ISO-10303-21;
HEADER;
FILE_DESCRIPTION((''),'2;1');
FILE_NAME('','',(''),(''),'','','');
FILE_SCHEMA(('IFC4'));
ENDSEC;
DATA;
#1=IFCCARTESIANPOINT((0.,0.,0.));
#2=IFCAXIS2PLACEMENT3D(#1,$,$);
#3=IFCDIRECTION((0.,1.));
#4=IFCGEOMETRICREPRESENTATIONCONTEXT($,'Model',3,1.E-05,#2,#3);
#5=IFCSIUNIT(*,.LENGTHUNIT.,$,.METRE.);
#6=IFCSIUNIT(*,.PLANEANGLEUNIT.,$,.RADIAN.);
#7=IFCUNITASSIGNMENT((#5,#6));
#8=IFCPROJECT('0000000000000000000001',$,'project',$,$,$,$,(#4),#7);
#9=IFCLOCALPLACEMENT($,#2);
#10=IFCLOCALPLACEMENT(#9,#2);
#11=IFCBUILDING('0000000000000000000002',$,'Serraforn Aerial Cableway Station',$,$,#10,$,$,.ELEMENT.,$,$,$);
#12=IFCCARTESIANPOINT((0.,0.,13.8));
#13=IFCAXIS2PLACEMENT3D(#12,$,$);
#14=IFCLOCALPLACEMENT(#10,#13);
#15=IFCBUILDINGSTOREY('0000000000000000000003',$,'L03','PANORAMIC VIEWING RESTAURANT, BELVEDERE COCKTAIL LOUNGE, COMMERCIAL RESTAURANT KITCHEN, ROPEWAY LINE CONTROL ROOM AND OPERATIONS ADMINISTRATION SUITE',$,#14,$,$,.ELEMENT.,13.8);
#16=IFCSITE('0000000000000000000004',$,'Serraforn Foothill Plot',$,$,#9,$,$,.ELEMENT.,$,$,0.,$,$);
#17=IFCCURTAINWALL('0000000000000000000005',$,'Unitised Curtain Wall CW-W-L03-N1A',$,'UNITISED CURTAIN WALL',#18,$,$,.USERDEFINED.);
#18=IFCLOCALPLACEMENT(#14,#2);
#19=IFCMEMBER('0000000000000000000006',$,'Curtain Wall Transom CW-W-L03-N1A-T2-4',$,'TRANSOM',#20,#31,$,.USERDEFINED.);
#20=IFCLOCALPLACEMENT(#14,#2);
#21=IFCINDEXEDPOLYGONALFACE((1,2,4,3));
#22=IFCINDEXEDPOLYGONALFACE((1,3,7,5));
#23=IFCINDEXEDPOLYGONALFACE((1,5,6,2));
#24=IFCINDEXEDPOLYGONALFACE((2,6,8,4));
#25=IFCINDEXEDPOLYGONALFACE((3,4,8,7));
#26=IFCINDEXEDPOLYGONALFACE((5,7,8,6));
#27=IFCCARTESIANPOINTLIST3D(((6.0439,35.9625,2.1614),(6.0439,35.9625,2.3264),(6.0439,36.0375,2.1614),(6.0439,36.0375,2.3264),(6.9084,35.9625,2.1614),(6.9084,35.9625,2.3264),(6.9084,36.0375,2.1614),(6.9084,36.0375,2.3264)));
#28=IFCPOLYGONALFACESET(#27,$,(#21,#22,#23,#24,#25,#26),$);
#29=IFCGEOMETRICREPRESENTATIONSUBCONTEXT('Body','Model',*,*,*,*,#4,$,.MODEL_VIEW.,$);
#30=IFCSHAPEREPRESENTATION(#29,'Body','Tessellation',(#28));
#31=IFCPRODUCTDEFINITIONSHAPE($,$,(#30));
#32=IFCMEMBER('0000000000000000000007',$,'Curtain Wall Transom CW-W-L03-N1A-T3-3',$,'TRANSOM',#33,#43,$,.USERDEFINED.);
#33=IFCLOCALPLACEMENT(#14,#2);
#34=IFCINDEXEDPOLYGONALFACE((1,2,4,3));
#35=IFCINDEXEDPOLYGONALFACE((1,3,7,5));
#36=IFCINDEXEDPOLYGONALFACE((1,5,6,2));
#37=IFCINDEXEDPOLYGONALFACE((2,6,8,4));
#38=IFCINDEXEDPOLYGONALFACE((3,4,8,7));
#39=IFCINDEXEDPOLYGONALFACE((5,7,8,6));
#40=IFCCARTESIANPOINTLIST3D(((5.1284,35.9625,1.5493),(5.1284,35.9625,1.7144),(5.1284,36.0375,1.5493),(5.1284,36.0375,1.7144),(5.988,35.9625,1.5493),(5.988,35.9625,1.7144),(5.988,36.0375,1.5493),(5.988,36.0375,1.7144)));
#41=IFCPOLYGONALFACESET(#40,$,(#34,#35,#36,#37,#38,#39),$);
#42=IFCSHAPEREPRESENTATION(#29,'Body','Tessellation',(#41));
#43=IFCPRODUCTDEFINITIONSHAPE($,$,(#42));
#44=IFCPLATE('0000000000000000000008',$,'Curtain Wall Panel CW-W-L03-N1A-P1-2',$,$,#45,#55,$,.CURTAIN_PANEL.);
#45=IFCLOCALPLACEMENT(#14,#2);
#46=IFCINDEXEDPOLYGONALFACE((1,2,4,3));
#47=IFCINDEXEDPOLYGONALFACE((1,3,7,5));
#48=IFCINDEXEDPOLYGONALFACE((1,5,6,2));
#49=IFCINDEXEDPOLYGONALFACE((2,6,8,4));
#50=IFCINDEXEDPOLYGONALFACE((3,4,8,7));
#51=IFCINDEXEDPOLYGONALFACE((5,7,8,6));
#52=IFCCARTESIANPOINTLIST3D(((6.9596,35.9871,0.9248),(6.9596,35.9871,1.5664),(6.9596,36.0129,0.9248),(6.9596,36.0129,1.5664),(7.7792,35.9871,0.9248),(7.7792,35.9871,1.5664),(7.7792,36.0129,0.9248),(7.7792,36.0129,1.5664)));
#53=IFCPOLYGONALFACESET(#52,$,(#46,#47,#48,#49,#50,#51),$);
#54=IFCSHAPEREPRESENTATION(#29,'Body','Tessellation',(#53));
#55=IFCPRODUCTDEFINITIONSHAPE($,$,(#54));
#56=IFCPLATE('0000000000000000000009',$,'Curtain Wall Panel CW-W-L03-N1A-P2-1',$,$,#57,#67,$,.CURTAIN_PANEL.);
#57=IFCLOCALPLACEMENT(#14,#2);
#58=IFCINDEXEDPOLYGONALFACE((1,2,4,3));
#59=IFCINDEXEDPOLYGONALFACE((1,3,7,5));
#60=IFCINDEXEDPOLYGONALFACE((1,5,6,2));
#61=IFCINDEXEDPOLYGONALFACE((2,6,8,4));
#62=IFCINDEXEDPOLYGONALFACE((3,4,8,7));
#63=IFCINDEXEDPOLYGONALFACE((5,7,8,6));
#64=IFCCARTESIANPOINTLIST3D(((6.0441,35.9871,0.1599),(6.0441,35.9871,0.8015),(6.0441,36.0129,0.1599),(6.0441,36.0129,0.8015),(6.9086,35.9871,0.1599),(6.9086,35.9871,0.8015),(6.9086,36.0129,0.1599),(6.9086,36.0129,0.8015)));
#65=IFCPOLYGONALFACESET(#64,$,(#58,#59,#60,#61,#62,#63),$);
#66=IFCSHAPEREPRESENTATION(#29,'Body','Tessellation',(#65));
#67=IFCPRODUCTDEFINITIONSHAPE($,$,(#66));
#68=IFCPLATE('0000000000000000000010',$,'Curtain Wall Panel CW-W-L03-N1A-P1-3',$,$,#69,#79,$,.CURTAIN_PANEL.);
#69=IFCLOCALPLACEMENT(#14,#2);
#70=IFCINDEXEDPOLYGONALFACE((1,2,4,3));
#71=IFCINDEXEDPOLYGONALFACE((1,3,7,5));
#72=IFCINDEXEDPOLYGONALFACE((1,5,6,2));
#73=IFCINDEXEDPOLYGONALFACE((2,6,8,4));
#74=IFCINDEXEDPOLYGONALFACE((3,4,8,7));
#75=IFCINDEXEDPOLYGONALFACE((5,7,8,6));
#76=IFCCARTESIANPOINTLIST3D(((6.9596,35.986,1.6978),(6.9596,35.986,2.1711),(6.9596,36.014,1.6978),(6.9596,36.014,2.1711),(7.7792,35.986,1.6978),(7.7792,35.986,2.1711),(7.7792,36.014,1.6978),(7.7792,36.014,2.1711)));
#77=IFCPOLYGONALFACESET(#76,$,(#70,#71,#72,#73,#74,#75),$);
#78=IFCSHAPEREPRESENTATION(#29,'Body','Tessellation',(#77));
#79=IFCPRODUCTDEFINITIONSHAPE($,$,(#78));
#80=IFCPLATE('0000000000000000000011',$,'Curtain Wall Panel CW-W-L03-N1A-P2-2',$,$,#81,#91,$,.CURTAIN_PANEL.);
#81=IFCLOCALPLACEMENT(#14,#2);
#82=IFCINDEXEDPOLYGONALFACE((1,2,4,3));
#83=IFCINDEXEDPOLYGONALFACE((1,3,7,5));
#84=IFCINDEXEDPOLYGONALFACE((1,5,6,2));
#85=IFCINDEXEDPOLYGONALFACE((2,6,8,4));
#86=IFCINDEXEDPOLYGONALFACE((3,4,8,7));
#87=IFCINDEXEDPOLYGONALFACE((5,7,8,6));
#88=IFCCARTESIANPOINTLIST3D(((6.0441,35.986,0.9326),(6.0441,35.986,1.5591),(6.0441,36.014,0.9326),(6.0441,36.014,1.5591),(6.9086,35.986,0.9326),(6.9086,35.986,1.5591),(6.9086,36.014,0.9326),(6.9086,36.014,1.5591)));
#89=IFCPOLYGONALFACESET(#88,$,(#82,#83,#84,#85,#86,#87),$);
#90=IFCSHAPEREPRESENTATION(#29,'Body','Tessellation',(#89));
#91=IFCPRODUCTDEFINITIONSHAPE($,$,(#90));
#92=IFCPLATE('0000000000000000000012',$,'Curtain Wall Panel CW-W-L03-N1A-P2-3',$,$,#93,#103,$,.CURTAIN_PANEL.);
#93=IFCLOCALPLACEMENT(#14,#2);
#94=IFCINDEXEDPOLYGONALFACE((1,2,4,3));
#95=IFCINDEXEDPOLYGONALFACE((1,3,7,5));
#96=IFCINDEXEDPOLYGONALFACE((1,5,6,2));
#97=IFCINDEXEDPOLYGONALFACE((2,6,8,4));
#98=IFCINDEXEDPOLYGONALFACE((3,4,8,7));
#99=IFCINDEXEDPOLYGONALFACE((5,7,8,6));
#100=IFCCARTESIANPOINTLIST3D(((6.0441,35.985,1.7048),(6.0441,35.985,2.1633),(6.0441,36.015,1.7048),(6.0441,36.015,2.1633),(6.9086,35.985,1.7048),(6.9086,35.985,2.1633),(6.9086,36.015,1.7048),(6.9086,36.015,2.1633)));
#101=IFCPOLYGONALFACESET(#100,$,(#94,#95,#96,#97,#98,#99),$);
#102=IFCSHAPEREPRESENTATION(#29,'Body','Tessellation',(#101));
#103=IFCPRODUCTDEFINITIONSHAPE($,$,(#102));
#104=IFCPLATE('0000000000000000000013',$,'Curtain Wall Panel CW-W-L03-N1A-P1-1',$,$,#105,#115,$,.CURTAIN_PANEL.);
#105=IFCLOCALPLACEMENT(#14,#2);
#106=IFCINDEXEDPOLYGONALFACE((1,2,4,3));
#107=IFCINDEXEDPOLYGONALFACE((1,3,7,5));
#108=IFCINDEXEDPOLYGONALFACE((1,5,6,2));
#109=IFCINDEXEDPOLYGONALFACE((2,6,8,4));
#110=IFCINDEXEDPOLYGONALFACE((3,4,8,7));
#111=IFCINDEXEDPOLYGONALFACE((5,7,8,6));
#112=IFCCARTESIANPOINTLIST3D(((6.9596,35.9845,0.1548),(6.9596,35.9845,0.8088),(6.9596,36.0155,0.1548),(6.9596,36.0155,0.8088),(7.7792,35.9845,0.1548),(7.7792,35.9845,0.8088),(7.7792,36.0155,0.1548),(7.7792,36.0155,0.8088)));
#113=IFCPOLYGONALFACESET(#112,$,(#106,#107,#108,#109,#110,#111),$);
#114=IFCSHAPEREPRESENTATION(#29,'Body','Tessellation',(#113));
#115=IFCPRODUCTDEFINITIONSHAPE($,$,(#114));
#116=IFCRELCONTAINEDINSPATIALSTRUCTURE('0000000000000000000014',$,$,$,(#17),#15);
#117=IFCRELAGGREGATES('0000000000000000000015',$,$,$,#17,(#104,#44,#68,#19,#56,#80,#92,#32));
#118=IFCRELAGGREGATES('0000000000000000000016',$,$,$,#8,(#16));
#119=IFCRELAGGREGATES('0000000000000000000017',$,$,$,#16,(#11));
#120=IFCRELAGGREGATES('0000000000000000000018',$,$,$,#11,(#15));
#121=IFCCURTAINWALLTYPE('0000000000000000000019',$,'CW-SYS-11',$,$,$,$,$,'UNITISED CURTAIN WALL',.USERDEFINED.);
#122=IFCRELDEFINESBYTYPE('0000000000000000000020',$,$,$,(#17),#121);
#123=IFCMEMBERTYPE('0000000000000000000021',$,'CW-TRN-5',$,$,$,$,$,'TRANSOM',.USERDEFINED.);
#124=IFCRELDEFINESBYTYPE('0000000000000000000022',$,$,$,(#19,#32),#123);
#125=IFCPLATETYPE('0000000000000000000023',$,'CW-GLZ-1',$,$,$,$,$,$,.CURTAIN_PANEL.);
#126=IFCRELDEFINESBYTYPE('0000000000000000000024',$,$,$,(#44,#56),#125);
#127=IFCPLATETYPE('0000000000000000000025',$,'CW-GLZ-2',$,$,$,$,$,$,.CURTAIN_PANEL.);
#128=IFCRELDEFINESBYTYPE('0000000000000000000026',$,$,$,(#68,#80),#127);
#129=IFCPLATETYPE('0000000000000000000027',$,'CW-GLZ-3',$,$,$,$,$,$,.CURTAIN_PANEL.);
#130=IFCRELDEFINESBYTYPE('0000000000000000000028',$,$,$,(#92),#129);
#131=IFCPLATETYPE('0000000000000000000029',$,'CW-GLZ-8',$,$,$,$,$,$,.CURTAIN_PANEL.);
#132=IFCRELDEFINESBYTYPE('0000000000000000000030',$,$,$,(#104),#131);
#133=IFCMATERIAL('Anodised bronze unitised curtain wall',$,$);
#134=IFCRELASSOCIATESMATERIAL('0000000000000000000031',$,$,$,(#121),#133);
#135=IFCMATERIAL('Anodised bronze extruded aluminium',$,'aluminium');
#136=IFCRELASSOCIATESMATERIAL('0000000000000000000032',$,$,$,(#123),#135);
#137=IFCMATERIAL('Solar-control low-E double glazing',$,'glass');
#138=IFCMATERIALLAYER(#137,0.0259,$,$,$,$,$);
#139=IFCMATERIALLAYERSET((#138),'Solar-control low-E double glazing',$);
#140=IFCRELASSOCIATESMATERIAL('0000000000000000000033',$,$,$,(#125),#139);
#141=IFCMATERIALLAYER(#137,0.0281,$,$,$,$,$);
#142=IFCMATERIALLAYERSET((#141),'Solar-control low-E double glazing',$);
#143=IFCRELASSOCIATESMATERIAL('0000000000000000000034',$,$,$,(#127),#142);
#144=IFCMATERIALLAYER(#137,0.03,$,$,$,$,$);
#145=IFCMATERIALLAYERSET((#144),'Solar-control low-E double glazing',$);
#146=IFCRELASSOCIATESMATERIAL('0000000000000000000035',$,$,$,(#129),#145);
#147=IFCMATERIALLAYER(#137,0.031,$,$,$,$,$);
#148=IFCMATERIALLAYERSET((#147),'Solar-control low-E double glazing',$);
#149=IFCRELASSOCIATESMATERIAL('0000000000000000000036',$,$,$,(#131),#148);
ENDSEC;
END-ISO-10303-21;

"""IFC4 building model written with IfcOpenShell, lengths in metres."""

from ifc_helpers import new_model, si_unit, direction, frame, origin, origin_2d, place, context, subcontext, project, spatial, rectangle, extrude, material, layer, layer_set, material_profile, profile_set, type_object, element, aggregate, save


model = new_model("IFC4")

# Units and contexts
model_context = context("Model", 3, precision=1e-05, world=origin(), true_north=direction((0.0, 1.0)))
body_context = subcontext(model_context, "Body", "Model", "MODEL_VIEW")
ifc_project = project(units=[si_unit("LENGTHUNIT", "METRE"), si_unit("PLANEANGLEUNIT", "RADIAN")], contexts=[model_context])

# Site, building, storey
site_placement = place(None, origin())
site = spatial("IfcSite", under=ifc_project, at=site_placement, Name="Serraforn Foothill Plot", CompositionType="ELEMENT", RefElevation=0.0)
building_placement = place(site_placement, origin())
building = spatial("IfcBuilding", under=site, at=building_placement, Name="Serraforn Aerial Cableway Station", CompositionType="ELEMENT")
storey_placement = place(building_placement, frame((0.0, 0.0, 13.8)))
storey = spatial("IfcBuildingStorey", under=building, at=storey_placement, Name="L03", Description="PANORAMIC VIEWING RESTAURANT, BELVEDERE COCKTAIL LOUNGE, COMMERCIAL RESTAURANT KITCHEN, ROPEWAY LINE CONTROL ROOM AND OPERATIONS ADMINISTRATION SUITE", CompositionType="ELEMENT", Elevation=13.8)

# Curtain wall, members, plates
ifc_material_1 = material(Name="Anodised bronze unitised curtain wall")
curtain_wall_type = type_object("IfcCurtainWallType", Name="CW-SYS-11", ElementType="UNITISED CURTAIN WALL", PredefinedType="USERDEFINED", material=ifc_material_1)
curtain_wall_placement = place(storey_placement, origin())
curtain_wall = element("IfcCurtainWall", 1, at=curtain_wall_placement, inside=storey, type_object=curtain_wall_type, Name="Unitised Curtain Wall CW-W-L03-N1A", ObjectType="UNITISED CURTAIN WALL", PredefinedType="USERDEFINED")
ifc_material_2 = material(Name="Anodised bronze extruded aluminium", Category="aluminium")
ifc_material_profile_1 = material_profile(ifc_material_2, rectangle(XDim=0.075, YDim=0.165, at=origin_2d()), Name="CW TRANSOM 75x165")
ifc_profile_set_1 = profile_set([ifc_material_profile_1], Name="Anodised bronze extruded aluminium")
member_type_1 = type_object("IfcMemberType", Name="CW-TRN-5", ElementType="TRANSOM", PredefinedType="USERDEFINED", material=ifc_profile_set_1)
member_1_placement = place(storey_placement, frame((6.9084, 36.0, 2.2439), z_axis=(-1.0, 0.0, 0.0), x_axis=(0.0, -1.0, 0.0)))
member_1 = element("IfcMember", 2, at=member_1_placement, type_object=member_type_1, Name="Curtain Wall Transom CW-W-L03-N1A-T2-4", ObjectType="TRANSOM", PredefinedType="USERDEFINED", context=body_context, shape_type="SweptSolid", body=[
    extrude(rectangle(XDim=0.075, YDim=0.165, at=origin_2d()), origin(), (0.0, 0.0, 1.0), 0.8645),
])
member_2_placement = place(storey_placement, frame((5.988, 36.0, 1.6318), z_axis=(-1.0, 0.0, 0.0), x_axis=(0.0, -1.0, 0.0)))
member_2 = element("IfcMember", 3, at=member_2_placement, type_object=member_type_1, Name="Curtain Wall Transom CW-W-L03-N1A-T3-3", ObjectType="TRANSOM", PredefinedType="USERDEFINED", context=body_context, shape_type="SweptSolid", body=[
    extrude(rectangle(XDim=0.075, YDim=0.165, at=origin_2d()), origin(), (0.0, 0.0, 1.0), 0.8596),
])
ifc_material_3 = material(Name="Solar-control low-E double glazing", Category="glass")
ifc_layer_1 = layer(ifc_material_3, 0.0259)
ifc_layer_set_1 = layer_set([ifc_layer_1], Name="Solar-control low-E double glazing")
plate_type_1 = type_object("IfcPlateType", Name="CW-GLZ-1", PredefinedType="CURTAIN_PANEL", material=ifc_layer_set_1)
plate_1_placement = place(storey_placement, frame((7.3694, 36.0, 0.9248), z_axis=(0.0, 0.0, 1.0), x_axis=(1.0, 0.0, 0.0)))
plate_1 = element("IfcPlate", 4, at=plate_1_placement, type_object=plate_type_1, Name="Curtain Wall Panel CW-W-L03-N1A-P1-2", PredefinedType="CURTAIN_PANEL", context=body_context, shape_type="SweptSolid", body=[
    extrude(rectangle(XDim=0.8196, YDim=0.0259, at=origin_2d()), origin(), (0.0, 0.0, 1.0), 0.6416),
])
plate_2_placement = place(storey_placement, frame((6.4763, 36.0, 0.1599), z_axis=(0.0, 0.0, 1.0), x_axis=(1.0, 0.0, 0.0)))
plate_2 = element("IfcPlate", 5, at=plate_2_placement, type_object=plate_type_1, Name="Curtain Wall Panel CW-W-L03-N1A-P2-1", PredefinedType="CURTAIN_PANEL", context=body_context, shape_type="SweptSolid", body=[
    extrude(rectangle(XDim=0.8645, YDim=0.0259, at=origin_2d()), origin(), (0.0, 0.0, 1.0), 0.6416),
])
ifc_layer_2 = layer(ifc_material_3, 0.0281)
ifc_layer_set_2 = layer_set([ifc_layer_2], Name="Solar-control low-E double glazing")
plate_type_2 = type_object("IfcPlateType", Name="CW-GLZ-2", PredefinedType="CURTAIN_PANEL", material=ifc_layer_set_2)
plate_3_placement = place(storey_placement, frame((7.3694, 36.0, 1.6978), z_axis=(0.0, 0.0, 1.0), x_axis=(1.0, 0.0, 0.0)))
plate_3 = element("IfcPlate", 6, at=plate_3_placement, type_object=plate_type_2, Name="Curtain Wall Panel CW-W-L03-N1A-P1-3", PredefinedType="CURTAIN_PANEL", context=body_context, shape_type="SweptSolid", body=[
    extrude(rectangle(XDim=0.8196, YDim=0.0281, at=origin_2d()), origin(), (0.0, 0.0, 1.0), 0.4734),
])
plate_4_placement = place(storey_placement, frame((6.4763, 36.0, 0.9326), z_axis=(0.0, 0.0, 1.0), x_axis=(1.0, 0.0, 0.0)))
plate_4 = element("IfcPlate", 7, at=plate_4_placement, type_object=plate_type_2, Name="Curtain Wall Panel CW-W-L03-N1A-P2-2", PredefinedType="CURTAIN_PANEL", context=body_context, shape_type="SweptSolid", body=[
    extrude(rectangle(XDim=0.8645, YDim=0.0281, at=origin_2d()), origin(), (0.0, 0.0, 1.0), 0.6265),
])
ifc_layer_3 = layer(ifc_material_3, 0.03)
ifc_layer_set_3 = layer_set([ifc_layer_3], Name="Solar-control low-E double glazing")
plate_type_3 = type_object("IfcPlateType", Name="CW-GLZ-3", PredefinedType="CURTAIN_PANEL", material=ifc_layer_set_3)
plate_5_placement = place(storey_placement, frame((6.4763, 36.0, 1.7048), z_axis=(0.0, 0.0, 1.0), x_axis=(1.0, 0.0, 0.0)))
plate_5 = element("IfcPlate", 8, at=plate_5_placement, type_object=plate_type_3, Name="Curtain Wall Panel CW-W-L03-N1A-P2-3", PredefinedType="CURTAIN_PANEL", context=body_context, shape_type="SweptSolid", body=[
    extrude(rectangle(XDim=0.8645, YDim=0.03, at=origin_2d()), origin(), (0.0, 0.0, 1.0), 0.4585),
])
ifc_layer_4 = layer(ifc_material_3, 0.031)
ifc_layer_set_4 = layer_set([ifc_layer_4], Name="Solar-control low-E double glazing")
plate_type_4 = type_object("IfcPlateType", Name="CW-GLZ-8", PredefinedType="CURTAIN_PANEL", material=ifc_layer_set_4)
plate_6_placement = place(storey_placement, frame((7.3694, 36.0, 0.1548), z_axis=(0.0, 0.0, 1.0), x_axis=(1.0, 0.0, 0.0)))
plate_6 = element("IfcPlate", 9, at=plate_6_placement, type_object=plate_type_4, Name="Curtain Wall Panel CW-W-L03-N1A-P1-1", PredefinedType="CURTAIN_PANEL", context=body_context, shape_type="SweptSolid", body=[
    extrude(rectangle(XDim=0.8196, YDim=0.031, at=origin_2d()), origin(), (0.0, 0.0, 1.0), 0.6541),
])
aggregate(curtain_wall, [plate_6, plate_1, plate_3, member_1, plate_2, plate_4, plate_5, member_2])

save(model, "model.ifc")
